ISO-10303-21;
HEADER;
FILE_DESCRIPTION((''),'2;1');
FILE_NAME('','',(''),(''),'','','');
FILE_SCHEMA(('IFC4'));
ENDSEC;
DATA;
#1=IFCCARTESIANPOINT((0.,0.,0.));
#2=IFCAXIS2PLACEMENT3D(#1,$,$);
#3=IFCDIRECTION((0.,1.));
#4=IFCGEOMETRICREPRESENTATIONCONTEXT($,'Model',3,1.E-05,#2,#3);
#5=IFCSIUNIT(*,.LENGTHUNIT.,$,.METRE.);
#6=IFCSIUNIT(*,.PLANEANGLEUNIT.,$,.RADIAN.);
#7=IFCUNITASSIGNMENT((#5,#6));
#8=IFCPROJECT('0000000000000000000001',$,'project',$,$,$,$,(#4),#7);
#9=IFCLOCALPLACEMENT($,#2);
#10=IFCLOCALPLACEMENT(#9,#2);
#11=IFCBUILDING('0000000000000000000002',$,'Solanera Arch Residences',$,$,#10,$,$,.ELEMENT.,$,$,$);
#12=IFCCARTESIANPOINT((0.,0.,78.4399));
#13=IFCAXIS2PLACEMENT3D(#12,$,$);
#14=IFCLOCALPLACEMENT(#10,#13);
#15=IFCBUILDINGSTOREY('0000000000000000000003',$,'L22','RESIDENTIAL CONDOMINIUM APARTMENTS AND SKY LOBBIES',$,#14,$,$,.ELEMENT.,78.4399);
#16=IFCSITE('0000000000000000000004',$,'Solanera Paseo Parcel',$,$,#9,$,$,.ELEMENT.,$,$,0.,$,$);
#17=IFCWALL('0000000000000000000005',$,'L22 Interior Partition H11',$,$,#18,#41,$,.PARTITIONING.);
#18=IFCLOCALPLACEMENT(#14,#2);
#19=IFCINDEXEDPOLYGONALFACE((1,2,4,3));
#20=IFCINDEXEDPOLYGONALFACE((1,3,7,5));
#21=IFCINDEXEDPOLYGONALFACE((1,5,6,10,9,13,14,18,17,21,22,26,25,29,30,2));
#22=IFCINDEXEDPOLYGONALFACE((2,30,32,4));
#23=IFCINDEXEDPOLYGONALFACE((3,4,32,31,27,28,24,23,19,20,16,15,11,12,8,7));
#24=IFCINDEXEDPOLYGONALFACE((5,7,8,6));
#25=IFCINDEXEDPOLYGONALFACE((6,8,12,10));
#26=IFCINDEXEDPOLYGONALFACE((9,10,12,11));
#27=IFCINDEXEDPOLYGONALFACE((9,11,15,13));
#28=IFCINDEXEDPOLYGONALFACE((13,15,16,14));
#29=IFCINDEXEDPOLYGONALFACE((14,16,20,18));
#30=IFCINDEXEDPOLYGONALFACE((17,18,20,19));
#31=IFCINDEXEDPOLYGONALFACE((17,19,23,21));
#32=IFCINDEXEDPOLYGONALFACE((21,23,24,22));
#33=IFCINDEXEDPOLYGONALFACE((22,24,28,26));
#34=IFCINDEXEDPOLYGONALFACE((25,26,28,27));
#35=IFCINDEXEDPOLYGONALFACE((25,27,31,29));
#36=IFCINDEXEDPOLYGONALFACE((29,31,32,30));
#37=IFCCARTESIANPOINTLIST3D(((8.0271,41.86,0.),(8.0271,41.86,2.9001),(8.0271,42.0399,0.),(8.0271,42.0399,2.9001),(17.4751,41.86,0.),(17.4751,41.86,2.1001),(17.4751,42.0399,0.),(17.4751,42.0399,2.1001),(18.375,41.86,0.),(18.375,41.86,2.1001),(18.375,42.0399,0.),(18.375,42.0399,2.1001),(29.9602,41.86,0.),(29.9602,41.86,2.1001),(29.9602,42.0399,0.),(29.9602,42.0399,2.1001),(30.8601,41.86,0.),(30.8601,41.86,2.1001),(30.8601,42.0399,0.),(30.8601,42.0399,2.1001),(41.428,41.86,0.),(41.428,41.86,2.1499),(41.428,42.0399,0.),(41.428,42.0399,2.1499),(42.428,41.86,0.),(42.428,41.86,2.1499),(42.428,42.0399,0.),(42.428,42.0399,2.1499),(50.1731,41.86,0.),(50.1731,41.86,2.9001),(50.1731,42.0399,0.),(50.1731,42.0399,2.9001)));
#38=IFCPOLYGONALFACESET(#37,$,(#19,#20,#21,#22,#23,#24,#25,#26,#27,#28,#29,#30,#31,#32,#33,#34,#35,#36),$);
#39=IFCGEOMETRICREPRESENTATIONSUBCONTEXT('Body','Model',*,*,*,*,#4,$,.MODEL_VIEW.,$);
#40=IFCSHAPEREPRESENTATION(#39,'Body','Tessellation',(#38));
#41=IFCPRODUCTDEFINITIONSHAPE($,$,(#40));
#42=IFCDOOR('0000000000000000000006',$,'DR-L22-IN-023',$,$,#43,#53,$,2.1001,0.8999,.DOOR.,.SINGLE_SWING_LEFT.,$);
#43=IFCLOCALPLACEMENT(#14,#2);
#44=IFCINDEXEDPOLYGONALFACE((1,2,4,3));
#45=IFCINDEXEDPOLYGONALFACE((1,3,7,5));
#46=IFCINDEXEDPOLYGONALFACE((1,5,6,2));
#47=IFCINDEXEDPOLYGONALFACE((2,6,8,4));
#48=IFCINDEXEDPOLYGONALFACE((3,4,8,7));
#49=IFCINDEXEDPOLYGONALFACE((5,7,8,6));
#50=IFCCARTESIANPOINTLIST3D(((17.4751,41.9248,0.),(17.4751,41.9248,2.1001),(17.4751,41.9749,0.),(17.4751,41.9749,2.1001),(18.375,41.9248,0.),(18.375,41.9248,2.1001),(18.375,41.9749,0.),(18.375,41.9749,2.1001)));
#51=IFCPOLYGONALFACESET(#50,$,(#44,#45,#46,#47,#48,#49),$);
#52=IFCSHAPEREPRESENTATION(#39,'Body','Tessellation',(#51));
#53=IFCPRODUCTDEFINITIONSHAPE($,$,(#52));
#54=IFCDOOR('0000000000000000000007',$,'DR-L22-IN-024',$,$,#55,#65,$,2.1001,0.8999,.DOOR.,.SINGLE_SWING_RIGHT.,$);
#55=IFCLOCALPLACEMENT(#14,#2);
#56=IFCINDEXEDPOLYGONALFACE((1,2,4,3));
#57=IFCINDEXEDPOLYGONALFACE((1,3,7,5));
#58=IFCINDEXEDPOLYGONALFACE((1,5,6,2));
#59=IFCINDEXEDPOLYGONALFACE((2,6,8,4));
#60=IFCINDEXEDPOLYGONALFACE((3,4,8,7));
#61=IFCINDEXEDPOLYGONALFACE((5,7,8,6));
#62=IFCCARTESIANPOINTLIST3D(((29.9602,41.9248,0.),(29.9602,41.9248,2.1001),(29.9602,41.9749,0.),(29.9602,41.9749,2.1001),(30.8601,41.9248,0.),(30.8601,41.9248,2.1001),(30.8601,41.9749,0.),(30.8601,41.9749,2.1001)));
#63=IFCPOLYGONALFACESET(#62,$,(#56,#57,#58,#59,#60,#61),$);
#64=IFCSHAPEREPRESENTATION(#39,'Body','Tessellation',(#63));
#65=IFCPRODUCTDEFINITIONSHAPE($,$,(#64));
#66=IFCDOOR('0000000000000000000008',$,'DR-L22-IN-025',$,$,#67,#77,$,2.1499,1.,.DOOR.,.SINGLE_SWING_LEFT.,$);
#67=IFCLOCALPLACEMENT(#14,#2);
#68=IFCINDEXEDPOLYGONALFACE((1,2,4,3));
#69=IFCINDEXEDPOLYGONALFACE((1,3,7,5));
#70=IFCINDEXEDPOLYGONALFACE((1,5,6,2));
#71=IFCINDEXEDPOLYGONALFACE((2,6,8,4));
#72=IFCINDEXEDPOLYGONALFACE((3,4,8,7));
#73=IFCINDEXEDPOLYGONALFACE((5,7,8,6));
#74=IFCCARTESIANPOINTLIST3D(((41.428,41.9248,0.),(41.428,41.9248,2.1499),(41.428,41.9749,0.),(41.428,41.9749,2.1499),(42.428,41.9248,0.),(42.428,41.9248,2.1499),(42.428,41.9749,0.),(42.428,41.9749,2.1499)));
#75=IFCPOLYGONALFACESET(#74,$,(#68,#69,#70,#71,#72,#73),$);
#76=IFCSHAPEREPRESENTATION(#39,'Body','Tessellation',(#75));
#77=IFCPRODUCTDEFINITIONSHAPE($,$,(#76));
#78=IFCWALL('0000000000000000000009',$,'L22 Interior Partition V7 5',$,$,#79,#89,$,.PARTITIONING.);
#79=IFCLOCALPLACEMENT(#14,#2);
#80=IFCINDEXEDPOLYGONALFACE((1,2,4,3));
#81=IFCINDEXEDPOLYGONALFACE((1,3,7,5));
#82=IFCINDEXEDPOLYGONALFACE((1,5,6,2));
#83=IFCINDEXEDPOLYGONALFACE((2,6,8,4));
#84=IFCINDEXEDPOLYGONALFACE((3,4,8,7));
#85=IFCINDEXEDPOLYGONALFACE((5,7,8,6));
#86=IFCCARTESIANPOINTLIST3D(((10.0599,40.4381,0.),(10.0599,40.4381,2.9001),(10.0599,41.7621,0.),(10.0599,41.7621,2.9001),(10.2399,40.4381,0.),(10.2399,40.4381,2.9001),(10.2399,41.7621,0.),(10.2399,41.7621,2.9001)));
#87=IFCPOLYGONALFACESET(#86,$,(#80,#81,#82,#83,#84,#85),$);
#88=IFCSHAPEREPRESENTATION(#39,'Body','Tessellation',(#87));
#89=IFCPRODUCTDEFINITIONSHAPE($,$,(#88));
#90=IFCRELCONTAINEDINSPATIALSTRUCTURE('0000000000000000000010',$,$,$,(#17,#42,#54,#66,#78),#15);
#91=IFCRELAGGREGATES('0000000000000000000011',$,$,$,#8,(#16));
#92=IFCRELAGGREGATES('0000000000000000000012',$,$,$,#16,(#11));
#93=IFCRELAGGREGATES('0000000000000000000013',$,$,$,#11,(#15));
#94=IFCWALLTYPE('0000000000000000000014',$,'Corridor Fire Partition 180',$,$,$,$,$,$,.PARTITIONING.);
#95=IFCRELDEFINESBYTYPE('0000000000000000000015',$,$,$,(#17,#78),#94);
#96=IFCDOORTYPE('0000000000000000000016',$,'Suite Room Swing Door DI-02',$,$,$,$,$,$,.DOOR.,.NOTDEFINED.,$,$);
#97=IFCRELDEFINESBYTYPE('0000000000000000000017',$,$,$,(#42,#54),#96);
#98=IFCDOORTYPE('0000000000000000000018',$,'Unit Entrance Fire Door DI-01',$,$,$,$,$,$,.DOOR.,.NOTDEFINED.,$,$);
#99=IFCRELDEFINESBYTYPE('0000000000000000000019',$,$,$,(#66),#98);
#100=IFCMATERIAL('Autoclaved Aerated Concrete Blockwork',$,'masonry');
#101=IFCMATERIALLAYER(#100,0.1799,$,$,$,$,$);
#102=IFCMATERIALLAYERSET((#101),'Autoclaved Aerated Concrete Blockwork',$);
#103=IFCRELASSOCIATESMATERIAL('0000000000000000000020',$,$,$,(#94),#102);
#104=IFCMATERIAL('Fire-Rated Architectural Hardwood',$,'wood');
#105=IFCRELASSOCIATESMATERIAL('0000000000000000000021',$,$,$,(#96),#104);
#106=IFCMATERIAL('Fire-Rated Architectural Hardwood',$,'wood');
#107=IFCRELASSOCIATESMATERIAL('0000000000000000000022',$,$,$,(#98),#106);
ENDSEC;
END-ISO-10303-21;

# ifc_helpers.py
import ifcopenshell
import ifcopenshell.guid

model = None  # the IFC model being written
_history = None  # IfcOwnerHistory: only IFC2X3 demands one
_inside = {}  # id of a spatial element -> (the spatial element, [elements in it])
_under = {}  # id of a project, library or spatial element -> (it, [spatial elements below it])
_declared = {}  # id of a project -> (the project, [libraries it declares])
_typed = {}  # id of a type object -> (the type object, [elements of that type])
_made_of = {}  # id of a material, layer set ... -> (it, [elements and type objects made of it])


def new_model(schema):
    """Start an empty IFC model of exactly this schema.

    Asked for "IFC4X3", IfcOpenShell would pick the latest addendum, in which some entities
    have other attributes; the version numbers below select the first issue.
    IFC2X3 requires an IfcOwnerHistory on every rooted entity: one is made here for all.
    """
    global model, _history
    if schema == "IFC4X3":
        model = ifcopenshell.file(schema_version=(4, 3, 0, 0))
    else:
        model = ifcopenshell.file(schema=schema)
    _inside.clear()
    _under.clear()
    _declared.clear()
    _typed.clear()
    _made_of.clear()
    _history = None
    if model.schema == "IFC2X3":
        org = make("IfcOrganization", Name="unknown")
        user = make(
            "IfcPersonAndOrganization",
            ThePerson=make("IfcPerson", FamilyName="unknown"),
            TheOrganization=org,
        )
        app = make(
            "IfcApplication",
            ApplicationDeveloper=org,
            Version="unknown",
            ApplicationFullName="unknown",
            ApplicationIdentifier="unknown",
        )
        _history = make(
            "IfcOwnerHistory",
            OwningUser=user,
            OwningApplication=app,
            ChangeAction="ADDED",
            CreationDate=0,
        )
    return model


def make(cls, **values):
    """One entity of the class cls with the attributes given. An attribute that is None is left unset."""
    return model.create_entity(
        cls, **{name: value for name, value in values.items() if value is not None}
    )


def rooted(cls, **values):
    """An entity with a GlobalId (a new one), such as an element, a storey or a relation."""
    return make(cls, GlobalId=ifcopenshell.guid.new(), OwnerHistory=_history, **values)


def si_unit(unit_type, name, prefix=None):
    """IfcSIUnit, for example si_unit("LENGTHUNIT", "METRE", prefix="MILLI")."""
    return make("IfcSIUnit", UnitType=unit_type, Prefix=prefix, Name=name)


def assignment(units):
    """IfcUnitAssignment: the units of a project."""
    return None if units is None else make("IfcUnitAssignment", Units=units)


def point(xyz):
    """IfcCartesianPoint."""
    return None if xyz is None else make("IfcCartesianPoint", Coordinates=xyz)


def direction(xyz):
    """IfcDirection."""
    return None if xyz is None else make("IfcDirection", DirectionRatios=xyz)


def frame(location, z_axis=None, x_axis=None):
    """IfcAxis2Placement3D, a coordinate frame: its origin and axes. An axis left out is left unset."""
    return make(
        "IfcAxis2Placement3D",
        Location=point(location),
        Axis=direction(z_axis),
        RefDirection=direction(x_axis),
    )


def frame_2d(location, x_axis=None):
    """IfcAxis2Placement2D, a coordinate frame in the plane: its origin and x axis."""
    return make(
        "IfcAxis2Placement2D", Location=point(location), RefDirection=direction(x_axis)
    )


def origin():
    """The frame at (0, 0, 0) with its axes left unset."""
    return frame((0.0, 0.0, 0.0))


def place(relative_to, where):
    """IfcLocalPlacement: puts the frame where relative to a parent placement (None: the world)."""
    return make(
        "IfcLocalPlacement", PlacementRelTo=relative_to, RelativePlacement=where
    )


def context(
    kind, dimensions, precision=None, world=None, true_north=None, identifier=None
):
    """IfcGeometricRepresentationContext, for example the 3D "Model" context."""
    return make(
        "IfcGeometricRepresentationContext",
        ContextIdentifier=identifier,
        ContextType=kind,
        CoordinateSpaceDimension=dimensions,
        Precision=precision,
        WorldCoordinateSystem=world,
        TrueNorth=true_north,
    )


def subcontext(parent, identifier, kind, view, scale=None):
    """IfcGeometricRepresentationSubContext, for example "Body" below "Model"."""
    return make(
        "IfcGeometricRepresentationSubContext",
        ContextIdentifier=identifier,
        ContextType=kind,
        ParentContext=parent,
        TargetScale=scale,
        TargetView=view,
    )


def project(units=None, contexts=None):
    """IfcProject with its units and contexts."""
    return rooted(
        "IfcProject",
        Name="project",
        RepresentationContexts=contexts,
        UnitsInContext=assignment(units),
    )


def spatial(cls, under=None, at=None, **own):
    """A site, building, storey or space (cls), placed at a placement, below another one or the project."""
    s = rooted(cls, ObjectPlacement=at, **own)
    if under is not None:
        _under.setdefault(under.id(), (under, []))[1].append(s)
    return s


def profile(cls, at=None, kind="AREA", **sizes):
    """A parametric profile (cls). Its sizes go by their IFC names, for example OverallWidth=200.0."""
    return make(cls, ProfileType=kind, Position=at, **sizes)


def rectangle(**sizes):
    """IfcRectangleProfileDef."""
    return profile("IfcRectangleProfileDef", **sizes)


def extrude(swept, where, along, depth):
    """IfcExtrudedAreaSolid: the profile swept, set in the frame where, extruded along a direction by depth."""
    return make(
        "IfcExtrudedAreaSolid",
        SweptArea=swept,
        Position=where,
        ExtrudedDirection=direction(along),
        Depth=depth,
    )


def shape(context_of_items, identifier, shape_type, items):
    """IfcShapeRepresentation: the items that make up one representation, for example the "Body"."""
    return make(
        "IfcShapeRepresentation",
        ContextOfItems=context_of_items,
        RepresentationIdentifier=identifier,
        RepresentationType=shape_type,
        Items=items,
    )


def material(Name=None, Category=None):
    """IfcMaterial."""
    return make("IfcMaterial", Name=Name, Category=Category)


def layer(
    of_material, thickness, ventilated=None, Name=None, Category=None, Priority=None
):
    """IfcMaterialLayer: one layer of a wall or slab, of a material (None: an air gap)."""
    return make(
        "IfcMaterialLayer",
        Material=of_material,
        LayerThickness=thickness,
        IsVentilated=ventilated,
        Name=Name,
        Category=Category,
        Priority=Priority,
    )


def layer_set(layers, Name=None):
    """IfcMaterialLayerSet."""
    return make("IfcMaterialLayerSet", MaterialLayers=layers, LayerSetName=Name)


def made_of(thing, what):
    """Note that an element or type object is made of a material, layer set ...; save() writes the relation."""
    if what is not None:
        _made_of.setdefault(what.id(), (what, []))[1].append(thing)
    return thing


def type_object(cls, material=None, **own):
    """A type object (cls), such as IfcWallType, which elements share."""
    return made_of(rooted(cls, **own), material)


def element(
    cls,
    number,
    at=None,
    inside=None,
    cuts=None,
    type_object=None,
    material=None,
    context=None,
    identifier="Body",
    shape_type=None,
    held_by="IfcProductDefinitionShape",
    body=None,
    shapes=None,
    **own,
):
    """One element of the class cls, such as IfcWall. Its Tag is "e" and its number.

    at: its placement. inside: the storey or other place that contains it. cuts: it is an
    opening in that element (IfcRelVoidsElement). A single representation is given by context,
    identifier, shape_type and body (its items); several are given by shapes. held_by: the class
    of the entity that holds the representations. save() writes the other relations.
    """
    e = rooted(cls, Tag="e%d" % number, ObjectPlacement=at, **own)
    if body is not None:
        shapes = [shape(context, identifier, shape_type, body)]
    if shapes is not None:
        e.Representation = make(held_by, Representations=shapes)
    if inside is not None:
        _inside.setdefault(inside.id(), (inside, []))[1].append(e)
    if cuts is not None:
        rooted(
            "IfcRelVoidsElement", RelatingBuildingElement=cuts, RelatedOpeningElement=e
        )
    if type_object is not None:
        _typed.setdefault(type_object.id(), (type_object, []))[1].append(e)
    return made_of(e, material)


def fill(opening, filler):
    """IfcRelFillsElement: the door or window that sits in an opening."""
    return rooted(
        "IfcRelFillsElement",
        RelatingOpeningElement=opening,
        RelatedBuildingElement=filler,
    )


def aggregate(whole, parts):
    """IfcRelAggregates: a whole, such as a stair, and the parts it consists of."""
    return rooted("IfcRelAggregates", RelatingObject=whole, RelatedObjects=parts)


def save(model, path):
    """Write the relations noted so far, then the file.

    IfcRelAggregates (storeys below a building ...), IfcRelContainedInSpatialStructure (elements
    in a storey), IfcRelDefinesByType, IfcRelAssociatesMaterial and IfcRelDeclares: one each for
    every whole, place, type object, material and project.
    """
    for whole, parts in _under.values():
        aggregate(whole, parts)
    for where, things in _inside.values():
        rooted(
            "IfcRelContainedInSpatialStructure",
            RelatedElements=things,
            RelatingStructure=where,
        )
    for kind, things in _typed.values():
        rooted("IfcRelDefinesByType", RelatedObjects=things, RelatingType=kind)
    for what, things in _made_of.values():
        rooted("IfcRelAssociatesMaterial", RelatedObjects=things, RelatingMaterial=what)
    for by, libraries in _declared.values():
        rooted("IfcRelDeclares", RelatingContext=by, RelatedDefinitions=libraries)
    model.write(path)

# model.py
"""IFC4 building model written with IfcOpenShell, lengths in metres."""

from ifc_helpers import new_model, si_unit, direction, frame, frame_2d, origin, place, context, subcontext, project, spatial, rectangle, extrude, material, layer, layer_set, type_object, element, fill, save


model = new_model("IFC4")

# Units and contexts
model_context = context("Model", 3, precision=1e-05, world=origin(), true_north=direction((0.0, 1.0)))
body_context = subcontext(model_context, "Body", "Model", "MODEL_VIEW")
ifc_project = project(units=[si_unit("LENGTHUNIT", "METRE"), si_unit("PLANEANGLEUNIT", "RADIAN")], contexts=[model_context])

# Site, building, storey
site_placement = place(None, origin())
site = spatial("IfcSite", under=ifc_project, at=site_placement, Name="Solanera Paseo Parcel", CompositionType="ELEMENT", RefElevation=0.0)
building_placement = place(site_placement, origin())
building = spatial("IfcBuilding", under=site, at=building_placement, Name="Solanera Arch Residences", CompositionType="ELEMENT")
storey_placement = place(building_placement, frame((0.0, 0.0, 78.4399)))
storey = spatial("IfcBuildingStorey", under=building, at=storey_placement, Name="L22", Description="RESIDENTIAL CONDOMINIUM APARTMENTS AND SKY LOBBIES", CompositionType="ELEMENT", Elevation=78.4399)

# Wall, openings, doors
ifc_material_1 = material(Name="Autoclaved Aerated Concrete Blockwork", Category="masonry")
ifc_layer_1 = layer(ifc_material_1, 0.1799)
ifc_layer_set_1 = layer_set([ifc_layer_1], Name="Autoclaved Aerated Concrete Blockwork")
wall_type_1 = type_object("IfcWallType", Name="Corridor Fire Partition 180", PredefinedType="PARTITIONING", material=ifc_layer_set_1)
ifc_material_2 = material(Name="Fire-Rated Architectural Hardwood", Category="wood")
door_type_1 = type_object("IfcDoorType", Name="Suite Room Swing Door DI-02", OperationType="NOTDEFINED", PredefinedType="DOOR", material=ifc_material_2)
wall_1_placement = place(storey_placement, frame((8.0271, 41.95, 0.0), z_axis=(0.0, 0.0, 1.0), x_axis=(1.0, 0.0, 0.0)))
wall_1 = element("IfcWall", 1, at=wall_1_placement, inside=storey, type_object=wall_type_1, Name="L22 Interior Partition H11", PredefinedType="PARTITIONING", context=body_context, shape_type="SweptSolid", body=[
    extrude(rectangle(XDim=42.146, YDim=0.1799, at=frame_2d((21.073, 0.0))), origin(), (0.0, 0.0, 1.0), 2.9001),
])
opening_1_placement = place(wall_1_placement, frame((9.448, 0.0, 0.0)))
opening_1 = element("IfcOpeningElement", 2, at=opening_1_placement, cuts=wall_1, PredefinedType="OPENING", context=body_context, shape_type="SweptSolid", body=[
    extrude(rectangle(XDim=0.8999, YDim=2.1001, at=frame_2d((0.45, 1.05))), frame((0.0, 0.1001, 0.0), z_axis=(0.0, -1.0, 0.0), x_axis=(1.0, 0.0, 0.0)), (0.0, 0.0, 1.0), 0.1999),
])
opening_2_placement = place(wall_1_placement, frame((21.9331, 0.0, 0.0)))
opening_2 = element("IfcOpeningElement", 3, at=opening_2_placement, cuts=wall_1, PredefinedType="OPENING", context=body_context, shape_type="SweptSolid", body=[
    extrude(rectangle(XDim=0.8999, YDim=2.1001, at=frame_2d((0.45, 1.05))), frame((0.0, 0.1001, 0.0), z_axis=(0.0, -1.0, 0.0), x_axis=(1.0, 0.0, 0.0)), (0.0, 0.0, 1.0), 0.1999),
])
opening_3_placement = place(wall_1_placement, frame((33.4009, 0.0, 0.0)))
opening_3 = element("IfcOpeningElement", 4, at=opening_3_placement, cuts=wall_1, PredefinedType="OPENING", context=body_context, shape_type="SweptSolid", body=[
    extrude(rectangle(XDim=1.0, YDim=2.1499, at=frame_2d((0.5, 1.075))), frame((0.0, 0.1001, 0.0), z_axis=(0.0, -1.0, 0.0), x_axis=(1.0, 0.0, 0.0)), (0.0, 0.0, 1.0), 0.1999),
])
door_1_placement = place(opening_1_placement, origin())
door_1 = element("IfcDoor", 5, at=door_1_placement, inside=storey, type_object=door_type_1, Name="DR-L22-IN-023", OperationType="SINGLE_SWING_LEFT", OverallHeight=2.1001, OverallWidth=0.8999, PredefinedType="DOOR", context=body_context, shape_type="SweptSolid", body=[
    extrude(rectangle(XDim=0.8999, YDim=2.1001, at=frame_2d((0.45, 1.05))), frame((0.0, 0.0249, 0.0), z_axis=(0.0, -1.0, 0.0), x_axis=(1.0, 0.0, 0.0)), (0.0, 0.0, 1.0), 0.05),
])
fill(opening_1, door_1)
door_2_placement = place(opening_2_placement, origin())
door_2 = element("IfcDoor", 6, at=door_2_placement, inside=storey, type_object=door_type_1, Name="DR-L22-IN-024", OperationType="SINGLE_SWING_RIGHT", OverallHeight=2.1001, OverallWidth=0.8999, PredefinedType="DOOR", context=body_context, shape_type="SweptSolid", body=[
    extrude(rectangle(XDim=0.8999, YDim=2.1001, at=frame_2d((0.45, 1.05))), frame((0.0, 0.0249, 0.0), z_axis=(0.0, -1.0, 0.0), x_axis=(1.0, 0.0, 0.0)), (0.0, 0.0, 1.0), 0.05),
])
fill(opening_2, door_2)
ifc_material_3 = material(Name="Fire-Rated Architectural Hardwood", Category="wood")
door_type_2 = type_object("IfcDoorType", Name="Unit Entrance Fire Door DI-01", OperationType="NOTDEFINED", PredefinedType="DOOR", material=ifc_material_3)
door_3_placement = place(opening_3_placement, origin())
door_3 = element("IfcDoor", 7, at=door_3_placement, inside=storey, type_object=door_type_2, Name="DR-L22-IN-025", OperationType="SINGLE_SWING_LEFT", OverallHeight=2.1499, OverallWidth=1.0, PredefinedType="DOOR", context=body_context, shape_type="SweptSolid", body=[
    extrude(rectangle(XDim=1.0, YDim=2.1499, at=frame_2d((0.5, 1.075))), frame((0.0, 0.0249, 0.0), z_axis=(0.0, -1.0, 0.0), x_axis=(1.0, 0.0, 0.0)), (0.0, 0.0, 1.0), 0.05),
])
fill(opening_3, door_3)

# Wall
wall_2_placement = place(storey_placement, frame((10.1499, 40.438, 0.0), z_axis=(0.0, 0.0, 1.0), x_axis=(0.0, 1.0, 0.0)))
element("IfcWall", 8, at=wall_2_placement, inside=storey, type_object=wall_type_1, Name="L22 Interior Partition V7 5", PredefinedType="PARTITIONING", context=body_context, shape_type="SweptSolid", body=[
    extrude(rectangle(XDim=1.324, YDim=0.1799, at=frame_2d((0.6621, 0.0))), origin(), (0.0, 0.0, 1.0), 2.9001),
])

save(model, "model.ifc")
